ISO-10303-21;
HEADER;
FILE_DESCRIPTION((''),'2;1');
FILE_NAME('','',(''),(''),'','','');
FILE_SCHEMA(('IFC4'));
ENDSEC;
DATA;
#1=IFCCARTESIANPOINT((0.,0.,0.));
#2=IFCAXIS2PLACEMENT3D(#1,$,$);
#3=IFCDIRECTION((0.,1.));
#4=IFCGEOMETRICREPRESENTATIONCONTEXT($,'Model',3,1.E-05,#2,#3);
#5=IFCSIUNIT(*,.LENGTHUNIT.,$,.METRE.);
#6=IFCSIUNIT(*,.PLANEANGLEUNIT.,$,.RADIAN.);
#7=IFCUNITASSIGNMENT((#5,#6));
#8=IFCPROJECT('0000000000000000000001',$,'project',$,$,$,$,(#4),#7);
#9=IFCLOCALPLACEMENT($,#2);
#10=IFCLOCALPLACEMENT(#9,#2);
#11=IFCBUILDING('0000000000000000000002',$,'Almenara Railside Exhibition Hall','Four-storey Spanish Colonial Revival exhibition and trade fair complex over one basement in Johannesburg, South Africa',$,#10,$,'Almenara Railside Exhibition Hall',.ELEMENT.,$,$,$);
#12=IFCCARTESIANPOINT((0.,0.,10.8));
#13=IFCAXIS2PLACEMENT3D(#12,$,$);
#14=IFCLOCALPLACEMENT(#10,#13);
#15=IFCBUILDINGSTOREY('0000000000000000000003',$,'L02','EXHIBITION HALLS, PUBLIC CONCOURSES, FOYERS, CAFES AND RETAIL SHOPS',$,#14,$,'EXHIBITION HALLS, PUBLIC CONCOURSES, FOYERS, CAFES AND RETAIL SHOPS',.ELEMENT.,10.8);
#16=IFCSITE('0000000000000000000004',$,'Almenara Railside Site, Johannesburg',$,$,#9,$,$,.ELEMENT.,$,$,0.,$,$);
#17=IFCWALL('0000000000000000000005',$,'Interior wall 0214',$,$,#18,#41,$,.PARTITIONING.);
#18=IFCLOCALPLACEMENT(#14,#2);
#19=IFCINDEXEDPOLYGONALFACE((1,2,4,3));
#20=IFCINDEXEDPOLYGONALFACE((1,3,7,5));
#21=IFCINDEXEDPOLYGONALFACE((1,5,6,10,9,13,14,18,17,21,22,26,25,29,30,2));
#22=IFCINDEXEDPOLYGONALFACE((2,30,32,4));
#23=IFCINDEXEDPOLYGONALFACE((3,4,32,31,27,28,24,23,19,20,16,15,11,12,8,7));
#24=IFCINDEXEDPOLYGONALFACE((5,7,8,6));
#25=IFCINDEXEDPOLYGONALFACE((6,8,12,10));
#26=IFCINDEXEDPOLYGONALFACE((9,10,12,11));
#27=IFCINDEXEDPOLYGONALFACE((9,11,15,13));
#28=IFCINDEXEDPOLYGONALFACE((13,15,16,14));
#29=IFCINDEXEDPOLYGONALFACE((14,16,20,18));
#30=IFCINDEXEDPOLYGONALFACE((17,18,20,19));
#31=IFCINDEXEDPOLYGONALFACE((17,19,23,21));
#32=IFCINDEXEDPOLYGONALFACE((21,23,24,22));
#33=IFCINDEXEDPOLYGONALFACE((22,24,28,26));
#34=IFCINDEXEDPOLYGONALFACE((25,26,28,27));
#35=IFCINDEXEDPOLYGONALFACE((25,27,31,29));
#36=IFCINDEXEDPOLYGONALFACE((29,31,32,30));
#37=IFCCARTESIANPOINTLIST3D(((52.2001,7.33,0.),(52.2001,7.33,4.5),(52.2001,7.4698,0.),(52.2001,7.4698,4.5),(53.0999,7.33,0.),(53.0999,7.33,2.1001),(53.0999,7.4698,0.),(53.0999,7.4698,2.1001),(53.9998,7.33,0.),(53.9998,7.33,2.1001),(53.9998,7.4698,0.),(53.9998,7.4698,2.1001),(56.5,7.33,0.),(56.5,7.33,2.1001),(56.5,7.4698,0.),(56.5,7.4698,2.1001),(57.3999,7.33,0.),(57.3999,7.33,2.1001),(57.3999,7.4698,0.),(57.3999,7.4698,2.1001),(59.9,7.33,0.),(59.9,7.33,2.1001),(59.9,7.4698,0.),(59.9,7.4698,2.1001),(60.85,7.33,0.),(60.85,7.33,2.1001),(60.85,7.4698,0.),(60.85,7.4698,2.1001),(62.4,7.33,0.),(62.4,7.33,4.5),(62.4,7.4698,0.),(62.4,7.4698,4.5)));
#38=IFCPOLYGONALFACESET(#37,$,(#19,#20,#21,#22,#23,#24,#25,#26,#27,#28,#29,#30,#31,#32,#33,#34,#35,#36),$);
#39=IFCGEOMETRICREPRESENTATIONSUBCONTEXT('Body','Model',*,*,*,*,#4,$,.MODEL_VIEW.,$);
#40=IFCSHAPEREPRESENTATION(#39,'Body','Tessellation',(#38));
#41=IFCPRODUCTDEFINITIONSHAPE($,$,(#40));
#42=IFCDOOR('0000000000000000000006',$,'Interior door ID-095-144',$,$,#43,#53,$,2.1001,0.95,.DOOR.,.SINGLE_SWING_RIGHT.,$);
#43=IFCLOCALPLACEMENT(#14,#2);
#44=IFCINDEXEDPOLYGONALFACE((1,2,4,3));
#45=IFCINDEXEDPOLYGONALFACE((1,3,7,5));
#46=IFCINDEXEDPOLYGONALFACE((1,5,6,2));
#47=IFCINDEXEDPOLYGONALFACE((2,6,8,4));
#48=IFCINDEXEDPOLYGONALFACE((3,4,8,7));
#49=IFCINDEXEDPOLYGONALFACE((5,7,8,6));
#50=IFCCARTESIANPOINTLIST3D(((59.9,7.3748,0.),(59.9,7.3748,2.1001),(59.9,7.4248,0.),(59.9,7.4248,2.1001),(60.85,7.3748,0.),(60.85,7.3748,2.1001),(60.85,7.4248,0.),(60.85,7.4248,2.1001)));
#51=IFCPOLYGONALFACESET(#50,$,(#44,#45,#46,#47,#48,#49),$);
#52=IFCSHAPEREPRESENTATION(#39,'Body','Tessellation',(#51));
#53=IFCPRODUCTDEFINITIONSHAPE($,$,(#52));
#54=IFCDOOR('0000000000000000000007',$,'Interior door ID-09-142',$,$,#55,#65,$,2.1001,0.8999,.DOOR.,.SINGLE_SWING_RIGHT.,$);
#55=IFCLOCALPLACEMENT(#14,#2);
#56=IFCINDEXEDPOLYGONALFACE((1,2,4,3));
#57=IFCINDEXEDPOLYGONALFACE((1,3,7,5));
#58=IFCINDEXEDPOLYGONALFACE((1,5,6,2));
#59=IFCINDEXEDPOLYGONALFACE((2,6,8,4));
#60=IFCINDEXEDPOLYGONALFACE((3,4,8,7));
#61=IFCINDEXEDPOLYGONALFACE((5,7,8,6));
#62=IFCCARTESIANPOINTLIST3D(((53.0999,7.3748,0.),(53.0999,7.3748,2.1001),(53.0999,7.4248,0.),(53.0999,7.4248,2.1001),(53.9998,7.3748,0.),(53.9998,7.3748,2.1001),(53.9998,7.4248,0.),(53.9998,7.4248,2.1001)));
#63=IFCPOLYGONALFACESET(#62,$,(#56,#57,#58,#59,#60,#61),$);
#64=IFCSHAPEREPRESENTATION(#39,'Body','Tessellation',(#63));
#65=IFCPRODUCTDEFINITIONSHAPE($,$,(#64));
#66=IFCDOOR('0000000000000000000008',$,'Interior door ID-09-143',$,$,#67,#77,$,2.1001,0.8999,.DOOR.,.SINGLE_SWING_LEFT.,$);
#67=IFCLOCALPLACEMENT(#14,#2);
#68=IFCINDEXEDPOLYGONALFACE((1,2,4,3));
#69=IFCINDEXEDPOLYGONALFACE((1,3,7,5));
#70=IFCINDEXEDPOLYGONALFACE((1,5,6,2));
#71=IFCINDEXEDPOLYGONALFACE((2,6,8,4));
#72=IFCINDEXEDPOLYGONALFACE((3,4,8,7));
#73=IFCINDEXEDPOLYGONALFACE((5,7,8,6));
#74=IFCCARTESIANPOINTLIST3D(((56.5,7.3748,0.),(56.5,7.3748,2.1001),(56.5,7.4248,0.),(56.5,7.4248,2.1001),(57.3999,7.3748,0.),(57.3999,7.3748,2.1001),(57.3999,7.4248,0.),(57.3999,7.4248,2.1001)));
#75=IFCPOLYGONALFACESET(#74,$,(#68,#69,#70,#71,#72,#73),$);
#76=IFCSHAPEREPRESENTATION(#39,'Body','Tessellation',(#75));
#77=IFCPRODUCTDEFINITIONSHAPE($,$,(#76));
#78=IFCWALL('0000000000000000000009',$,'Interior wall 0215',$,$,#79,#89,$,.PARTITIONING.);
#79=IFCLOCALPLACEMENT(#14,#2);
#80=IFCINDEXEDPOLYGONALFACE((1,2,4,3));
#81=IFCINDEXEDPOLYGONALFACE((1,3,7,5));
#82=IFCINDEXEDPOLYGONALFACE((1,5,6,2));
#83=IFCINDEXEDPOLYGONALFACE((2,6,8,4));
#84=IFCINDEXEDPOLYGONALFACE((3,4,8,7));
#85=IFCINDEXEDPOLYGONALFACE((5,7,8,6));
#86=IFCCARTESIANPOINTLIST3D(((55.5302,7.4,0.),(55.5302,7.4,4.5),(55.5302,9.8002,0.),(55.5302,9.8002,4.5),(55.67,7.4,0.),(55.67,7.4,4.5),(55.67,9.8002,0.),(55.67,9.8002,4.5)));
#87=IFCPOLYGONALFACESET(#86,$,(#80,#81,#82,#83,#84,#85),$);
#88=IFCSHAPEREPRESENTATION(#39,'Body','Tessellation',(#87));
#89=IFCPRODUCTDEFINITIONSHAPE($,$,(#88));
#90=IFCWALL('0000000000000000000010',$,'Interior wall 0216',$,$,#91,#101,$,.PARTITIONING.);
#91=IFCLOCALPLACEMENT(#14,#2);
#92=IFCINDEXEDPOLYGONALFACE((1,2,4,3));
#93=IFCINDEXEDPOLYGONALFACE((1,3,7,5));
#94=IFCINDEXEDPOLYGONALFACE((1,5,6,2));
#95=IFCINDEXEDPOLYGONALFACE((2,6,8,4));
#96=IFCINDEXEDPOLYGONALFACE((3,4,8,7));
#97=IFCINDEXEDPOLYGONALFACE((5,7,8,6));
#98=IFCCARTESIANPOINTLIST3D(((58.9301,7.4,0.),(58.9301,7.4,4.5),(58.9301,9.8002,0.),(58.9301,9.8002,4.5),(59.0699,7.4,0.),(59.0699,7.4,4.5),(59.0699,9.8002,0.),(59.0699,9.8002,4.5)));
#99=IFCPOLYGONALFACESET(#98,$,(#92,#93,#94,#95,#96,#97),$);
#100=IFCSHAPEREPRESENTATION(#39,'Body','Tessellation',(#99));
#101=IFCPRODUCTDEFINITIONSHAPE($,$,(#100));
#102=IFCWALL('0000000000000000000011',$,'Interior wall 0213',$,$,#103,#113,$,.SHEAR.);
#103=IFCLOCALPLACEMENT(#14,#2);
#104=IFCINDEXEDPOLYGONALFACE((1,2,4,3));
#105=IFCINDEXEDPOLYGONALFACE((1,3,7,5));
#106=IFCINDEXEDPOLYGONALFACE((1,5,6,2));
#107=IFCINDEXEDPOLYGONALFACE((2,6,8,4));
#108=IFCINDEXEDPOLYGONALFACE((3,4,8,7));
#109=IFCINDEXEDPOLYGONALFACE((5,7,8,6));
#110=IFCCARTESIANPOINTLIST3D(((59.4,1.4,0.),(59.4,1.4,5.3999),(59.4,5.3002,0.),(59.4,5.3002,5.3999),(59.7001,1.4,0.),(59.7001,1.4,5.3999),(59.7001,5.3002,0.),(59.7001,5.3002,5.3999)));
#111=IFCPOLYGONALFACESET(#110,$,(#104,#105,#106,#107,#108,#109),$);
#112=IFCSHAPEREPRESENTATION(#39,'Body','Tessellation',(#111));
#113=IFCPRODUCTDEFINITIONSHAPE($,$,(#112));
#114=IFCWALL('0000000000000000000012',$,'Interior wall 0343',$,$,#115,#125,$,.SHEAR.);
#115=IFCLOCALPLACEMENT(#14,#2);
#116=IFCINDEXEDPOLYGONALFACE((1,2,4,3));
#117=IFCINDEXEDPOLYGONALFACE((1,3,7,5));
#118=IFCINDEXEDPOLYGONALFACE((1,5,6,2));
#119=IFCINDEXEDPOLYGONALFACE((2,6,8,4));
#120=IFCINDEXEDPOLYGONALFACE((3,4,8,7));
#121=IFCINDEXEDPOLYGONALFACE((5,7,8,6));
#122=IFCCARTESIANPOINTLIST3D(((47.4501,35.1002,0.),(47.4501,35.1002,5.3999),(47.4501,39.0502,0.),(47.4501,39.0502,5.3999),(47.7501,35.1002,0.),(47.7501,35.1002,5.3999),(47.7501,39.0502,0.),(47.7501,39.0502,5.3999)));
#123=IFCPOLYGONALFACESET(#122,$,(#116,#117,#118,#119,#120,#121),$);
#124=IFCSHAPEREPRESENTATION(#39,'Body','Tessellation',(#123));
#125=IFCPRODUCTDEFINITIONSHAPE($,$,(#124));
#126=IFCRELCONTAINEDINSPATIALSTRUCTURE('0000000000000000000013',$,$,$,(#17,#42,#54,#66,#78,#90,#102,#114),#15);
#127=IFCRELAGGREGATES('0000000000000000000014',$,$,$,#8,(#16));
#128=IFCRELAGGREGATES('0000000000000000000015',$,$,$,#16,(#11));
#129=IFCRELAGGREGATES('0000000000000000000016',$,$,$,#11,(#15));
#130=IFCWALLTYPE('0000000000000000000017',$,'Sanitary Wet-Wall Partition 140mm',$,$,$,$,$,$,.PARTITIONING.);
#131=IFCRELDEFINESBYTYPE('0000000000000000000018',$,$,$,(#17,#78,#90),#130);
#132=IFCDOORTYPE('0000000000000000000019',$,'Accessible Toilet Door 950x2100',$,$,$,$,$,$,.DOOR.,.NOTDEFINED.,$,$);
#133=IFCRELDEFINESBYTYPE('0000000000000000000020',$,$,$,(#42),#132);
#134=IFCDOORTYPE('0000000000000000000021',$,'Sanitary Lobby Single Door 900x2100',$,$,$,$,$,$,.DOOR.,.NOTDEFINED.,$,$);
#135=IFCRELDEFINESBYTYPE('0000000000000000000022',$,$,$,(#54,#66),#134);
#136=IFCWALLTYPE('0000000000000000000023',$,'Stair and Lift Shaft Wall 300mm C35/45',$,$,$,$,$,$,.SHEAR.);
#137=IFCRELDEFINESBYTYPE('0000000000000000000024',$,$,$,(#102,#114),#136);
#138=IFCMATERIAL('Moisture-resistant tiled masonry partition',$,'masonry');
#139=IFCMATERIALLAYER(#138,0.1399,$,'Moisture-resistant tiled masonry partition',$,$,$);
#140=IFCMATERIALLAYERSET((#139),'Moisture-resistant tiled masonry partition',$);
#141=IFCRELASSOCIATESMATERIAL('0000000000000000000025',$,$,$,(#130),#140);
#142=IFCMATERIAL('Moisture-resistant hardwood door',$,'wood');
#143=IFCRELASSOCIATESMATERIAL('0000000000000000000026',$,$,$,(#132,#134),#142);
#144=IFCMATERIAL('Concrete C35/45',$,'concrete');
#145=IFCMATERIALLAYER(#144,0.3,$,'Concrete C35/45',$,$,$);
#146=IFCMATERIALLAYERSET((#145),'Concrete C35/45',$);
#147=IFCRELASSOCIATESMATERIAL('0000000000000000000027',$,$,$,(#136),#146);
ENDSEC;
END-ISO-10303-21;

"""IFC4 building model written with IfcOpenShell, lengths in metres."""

from ifc_helpers import new_model, si_unit, direction, frame, frame_2d, origin, place, context, subcontext, project, spatial, rectangle, extrude, material, layer, layer_set, type_object, element, fill, save


model = new_model("IFC4")

# Units and contexts
model_context = context("Model", 3, precision=1e-05, world=origin(), true_north=direction((0.0, 1.0)))
body_context = subcontext(model_context, "Body", "Model", "MODEL_VIEW")
ifc_project = project(units=[si_unit("LENGTHUNIT", "METRE"), si_unit("PLANEANGLEUNIT", "RADIAN")], contexts=[model_context])

# Site, building, storey
site_placement = place(None, origin())
site = spatial("IfcSite", under=ifc_project, at=site_placement, Name="Almenara Railside Site, Johannesburg", CompositionType="ELEMENT", RefElevation=0.0)
building_placement = place(site_placement, origin())
building = spatial("IfcBuilding", under=site, at=building_placement, Name="Almenara Railside Exhibition Hall", Description="Four-storey Spanish Colonial Revival exhibition and trade fair complex over one basement in Johannesburg, South Africa", LongName="Almenara Railside Exhibition Hall", CompositionType="ELEMENT")
storey_placement = place(building_placement, frame((0.0, 0.0, 10.8)))
storey = spatial("IfcBuildingStorey", under=building, at=storey_placement, Name="L02", Description="EXHIBITION HALLS, PUBLIC CONCOURSES, FOYERS, CAFES AND RETAIL SHOPS", LongName="EXHIBITION HALLS, PUBLIC CONCOURSES, FOYERS, CAFES AND RETAIL SHOPS", CompositionType="ELEMENT", Elevation=10.8)

# Shared definitions
ifc_material_1 = material(Name="Concrete C35/45", Category="concrete")

# Wall, openings, doors
ifc_material_2 = material(Name="Moisture-resistant tiled masonry partition", Category="masonry")
ifc_layer_1 = layer(ifc_material_2, 0.1399, Name="Moisture-resistant tiled masonry partition")
ifc_layer_set_1 = layer_set([ifc_layer_1], Name="Moisture-resistant tiled masonry partition")
wall_type_1 = type_object("IfcWallType", Name="Sanitary Wet-Wall Partition 140mm", PredefinedType="PARTITIONING", material=ifc_layer_set_1)
wall_1_placement = place(storey_placement, frame((52.2, 7.3999, 0.0), z_axis=(0.0, 0.0, 1.0), x_axis=(1.0, 0.0, 0.0)))
wall_1 = element("IfcWall", 1, at=wall_1_placement, inside=storey, type_object=wall_type_1, Name="Interior wall 0214", PredefinedType="PARTITIONING", context=body_context, shape_type="SweptSolid", body=[
    extrude(rectangle(XDim=10.2, YDim=0.1399, at=frame_2d((5.1001, 0.0))), origin(), (0.0, 0.0, 1.0), 4.5),
])
opening_1_placement = place(wall_1_placement, frame((0.8999, 0.0, 0.0)))
opening_1 = element("IfcOpeningElement", 2, at=opening_1_placement, cuts=wall_1, PredefinedType="OPENING", context=body_context, shape_type="SweptSolid", body=[
    extrude(rectangle(XDim=0.8999, YDim=2.1001, at=frame_2d((0.45, 1.05))), frame((0.0, 0.0798, 0.0), z_axis=(0.0, -1.0, 0.0), x_axis=(1.0, 0.0, 0.0)), (0.0, 0.0, 1.0), 0.1599),
])
opening_2_placement = place(wall_1_placement, frame((4.3, 0.0, 0.0)))
opening_2 = element("IfcOpeningElement", 3, at=opening_2_placement, cuts=wall_1, PredefinedType="OPENING", context=body_context, shape_type="SweptSolid", body=[
    extrude(rectangle(XDim=0.8999, YDim=2.1001, at=frame_2d((0.45, 1.05))), frame((0.0, 0.0798, 0.0), z_axis=(0.0, -1.0, 0.0), x_axis=(1.0, 0.0, 0.0)), (0.0, 0.0, 1.0), 0.1599),
])
opening_3_placement = place(wall_1_placement, frame((7.7, 0.0, 0.0)))
opening_3 = element("IfcOpeningElement", 4, at=opening_3_placement, cuts=wall_1, PredefinedType="OPENING", context=body_context, shape_type="SweptSolid", body=[
    extrude(rectangle(XDim=0.95, YDim=2.1001, at=frame_2d((0.4751, 1.05))), frame((0.0, 0.0798, 0.0), z_axis=(0.0, -1.0, 0.0), x_axis=(1.0, 0.0, 0.0)), (0.0, 0.0, 1.0), 0.1599),
])
ifc_material_3 = material(Name="Moisture-resistant hardwood door", Category="wood")
door_type_1 = type_object("IfcDoorType", Name="Accessible Toilet Door 950x2100", OperationType="NOTDEFINED", PredefinedType="DOOR", material=ifc_material_3)
door_1_placement = place(opening_3_placement, origin())
door_1 = element("IfcDoor", 5, at=door_1_placement, inside=storey, type_object=door_type_1, Name="Interior door ID-095-144", OperationType="SINGLE_SWING_RIGHT", OverallHeight=2.1001, OverallWidth=0.95, PredefinedType="DOOR", context=body_context, shape_type="SweptSolid", body=[
    extrude(rectangle(XDim=0.95, YDim=2.1001, at=frame_2d((0.4751, 1.05))), frame((0.0, 0.0249, 0.0), z_axis=(0.0, -1.0, 0.0), x_axis=(1.0, 0.0, 0.0)), (0.0, 0.0, 1.0), 0.05),
])
fill(opening_3, door_1)
door_type_2 = type_object("IfcDoorType", Name="Sanitary Lobby Single Door 900x2100", OperationType="NOTDEFINED", PredefinedType="DOOR", material=ifc_material_3)
door_2_placement = place(opening_1_placement, origin())
door_2 = element("IfcDoor", 6, at=door_2_placement, inside=storey, type_object=door_type_2, Name="Interior door ID-09-142", OperationType="SINGLE_SWING_RIGHT", OverallHeight=2.1001, OverallWidth=0.8999, PredefinedType="DOOR", context=body_context, shape_type="SweptSolid", body=[
    extrude(rectangle(XDim=0.8999, YDim=2.1001, at=frame_2d((0.45, 1.05))), frame((0.0, 0.0249, 0.0), z_axis=(0.0, -1.0, 0.0), x_axis=(1.0, 0.0, 0.0)), (0.0, 0.0, 1.0), 0.05),
])
fill(opening_1, door_2)
door_3_placement = place(opening_2_placement, origin())
door_3 = element("IfcDoor", 7, at=door_3_placement, inside=storey, type_object=door_type_2, Name="Interior door ID-09-143", OperationType="SINGLE_SWING_LEFT", OverallHeight=2.1001, OverallWidth=0.8999, PredefinedType="DOOR", context=body_context, shape_type="SweptSolid", body=[
    extrude(rectangle(XDim=0.8999, YDim=2.1001, at=frame_2d((0.45, 1.05))), frame((0.0, 0.0249, 0.0), z_axis=(0.0, -1.0, 0.0), x_axis=(1.0, 0.0, 0.0)), (0.0, 0.0, 1.0), 0.05),
])
fill(opening_2, door_3)

# Walls
for number, where, z_axis, x_axis, name in (
    (8, (55.6001, 7.3999, 0.0), (0.0, 0.0, 1.0), (0.0, 1.0, 0.0), "Interior wall 0215"),
    (9, (59.0, 7.3999, 0.0), (0.0, 0.0, 1.0), (0.0, 1.0, 0.0), "Interior wall 0216"),
):
    element("IfcWall", number, at=place(storey_placement, frame(where, z_axis=z_axis, x_axis=x_axis)), inside=storey, type_object=wall_type_1, Name=name, PredefinedType="PARTITIONING", context=body_context, shape_type="SweptSolid", body=[
        extrude(rectangle(XDim=2.4001, YDim=0.1399, at=frame_2d((1.2002, 0.0))), origin(), (0.0, 0.0, 1.0), 4.5),
    ])

# Shared definitions
ifc_layer_2 = layer(ifc_material_1, 0.3, Name="Concrete C35/45")
ifc_layer_set_2 = layer_set([ifc_layer_2], Name="Concrete C35/45")
wall_type_2 = type_object("IfcWallType", Name="Stair and Lift Shaft Wall 300mm C35/45", PredefinedType="SHEAR", material=ifc_layer_set_2)

# Wall
wall_2_placement = place(storey_placement, frame((59.55, 1.3999, 0.0), z_axis=(0.0, 0.0, 1.0), x_axis=(0.0, 1.0, 0.0)))
element("IfcWall", 10, at=wall_2_placement, inside=storey, type_object=wall_type_2, Name="Interior wall 0213", PredefinedType="SHEAR", context=body_context, shape_type="SweptSolid", body=[
    extrude(rectangle(XDim=3.9001, YDim=0.3, at=frame_2d((1.9502, 0.0))), origin(), (0.0, 0.0, 1.0), 5.3999),
])

# Wall
wall_3_placement = place(storey_placement, frame((47.6001, 35.1001, 0.0), z_axis=(0.0, 0.0, 1.0), x_axis=(0.0, 1.0, 0.0)))
element("IfcWall", 11, at=wall_3_placement, inside=storey, type_object=wall_type_2, Name="Interior wall 0343", PredefinedType="SHEAR", context=body_context, shape_type="SweptSolid", body=[
    extrude(rectangle(XDim=3.95, YDim=0.3, at=frame_2d((1.9751, 0.0))), origin(), (0.0, 0.0, 1.0), 5.3999),
])

save(model, "model.ifc")
